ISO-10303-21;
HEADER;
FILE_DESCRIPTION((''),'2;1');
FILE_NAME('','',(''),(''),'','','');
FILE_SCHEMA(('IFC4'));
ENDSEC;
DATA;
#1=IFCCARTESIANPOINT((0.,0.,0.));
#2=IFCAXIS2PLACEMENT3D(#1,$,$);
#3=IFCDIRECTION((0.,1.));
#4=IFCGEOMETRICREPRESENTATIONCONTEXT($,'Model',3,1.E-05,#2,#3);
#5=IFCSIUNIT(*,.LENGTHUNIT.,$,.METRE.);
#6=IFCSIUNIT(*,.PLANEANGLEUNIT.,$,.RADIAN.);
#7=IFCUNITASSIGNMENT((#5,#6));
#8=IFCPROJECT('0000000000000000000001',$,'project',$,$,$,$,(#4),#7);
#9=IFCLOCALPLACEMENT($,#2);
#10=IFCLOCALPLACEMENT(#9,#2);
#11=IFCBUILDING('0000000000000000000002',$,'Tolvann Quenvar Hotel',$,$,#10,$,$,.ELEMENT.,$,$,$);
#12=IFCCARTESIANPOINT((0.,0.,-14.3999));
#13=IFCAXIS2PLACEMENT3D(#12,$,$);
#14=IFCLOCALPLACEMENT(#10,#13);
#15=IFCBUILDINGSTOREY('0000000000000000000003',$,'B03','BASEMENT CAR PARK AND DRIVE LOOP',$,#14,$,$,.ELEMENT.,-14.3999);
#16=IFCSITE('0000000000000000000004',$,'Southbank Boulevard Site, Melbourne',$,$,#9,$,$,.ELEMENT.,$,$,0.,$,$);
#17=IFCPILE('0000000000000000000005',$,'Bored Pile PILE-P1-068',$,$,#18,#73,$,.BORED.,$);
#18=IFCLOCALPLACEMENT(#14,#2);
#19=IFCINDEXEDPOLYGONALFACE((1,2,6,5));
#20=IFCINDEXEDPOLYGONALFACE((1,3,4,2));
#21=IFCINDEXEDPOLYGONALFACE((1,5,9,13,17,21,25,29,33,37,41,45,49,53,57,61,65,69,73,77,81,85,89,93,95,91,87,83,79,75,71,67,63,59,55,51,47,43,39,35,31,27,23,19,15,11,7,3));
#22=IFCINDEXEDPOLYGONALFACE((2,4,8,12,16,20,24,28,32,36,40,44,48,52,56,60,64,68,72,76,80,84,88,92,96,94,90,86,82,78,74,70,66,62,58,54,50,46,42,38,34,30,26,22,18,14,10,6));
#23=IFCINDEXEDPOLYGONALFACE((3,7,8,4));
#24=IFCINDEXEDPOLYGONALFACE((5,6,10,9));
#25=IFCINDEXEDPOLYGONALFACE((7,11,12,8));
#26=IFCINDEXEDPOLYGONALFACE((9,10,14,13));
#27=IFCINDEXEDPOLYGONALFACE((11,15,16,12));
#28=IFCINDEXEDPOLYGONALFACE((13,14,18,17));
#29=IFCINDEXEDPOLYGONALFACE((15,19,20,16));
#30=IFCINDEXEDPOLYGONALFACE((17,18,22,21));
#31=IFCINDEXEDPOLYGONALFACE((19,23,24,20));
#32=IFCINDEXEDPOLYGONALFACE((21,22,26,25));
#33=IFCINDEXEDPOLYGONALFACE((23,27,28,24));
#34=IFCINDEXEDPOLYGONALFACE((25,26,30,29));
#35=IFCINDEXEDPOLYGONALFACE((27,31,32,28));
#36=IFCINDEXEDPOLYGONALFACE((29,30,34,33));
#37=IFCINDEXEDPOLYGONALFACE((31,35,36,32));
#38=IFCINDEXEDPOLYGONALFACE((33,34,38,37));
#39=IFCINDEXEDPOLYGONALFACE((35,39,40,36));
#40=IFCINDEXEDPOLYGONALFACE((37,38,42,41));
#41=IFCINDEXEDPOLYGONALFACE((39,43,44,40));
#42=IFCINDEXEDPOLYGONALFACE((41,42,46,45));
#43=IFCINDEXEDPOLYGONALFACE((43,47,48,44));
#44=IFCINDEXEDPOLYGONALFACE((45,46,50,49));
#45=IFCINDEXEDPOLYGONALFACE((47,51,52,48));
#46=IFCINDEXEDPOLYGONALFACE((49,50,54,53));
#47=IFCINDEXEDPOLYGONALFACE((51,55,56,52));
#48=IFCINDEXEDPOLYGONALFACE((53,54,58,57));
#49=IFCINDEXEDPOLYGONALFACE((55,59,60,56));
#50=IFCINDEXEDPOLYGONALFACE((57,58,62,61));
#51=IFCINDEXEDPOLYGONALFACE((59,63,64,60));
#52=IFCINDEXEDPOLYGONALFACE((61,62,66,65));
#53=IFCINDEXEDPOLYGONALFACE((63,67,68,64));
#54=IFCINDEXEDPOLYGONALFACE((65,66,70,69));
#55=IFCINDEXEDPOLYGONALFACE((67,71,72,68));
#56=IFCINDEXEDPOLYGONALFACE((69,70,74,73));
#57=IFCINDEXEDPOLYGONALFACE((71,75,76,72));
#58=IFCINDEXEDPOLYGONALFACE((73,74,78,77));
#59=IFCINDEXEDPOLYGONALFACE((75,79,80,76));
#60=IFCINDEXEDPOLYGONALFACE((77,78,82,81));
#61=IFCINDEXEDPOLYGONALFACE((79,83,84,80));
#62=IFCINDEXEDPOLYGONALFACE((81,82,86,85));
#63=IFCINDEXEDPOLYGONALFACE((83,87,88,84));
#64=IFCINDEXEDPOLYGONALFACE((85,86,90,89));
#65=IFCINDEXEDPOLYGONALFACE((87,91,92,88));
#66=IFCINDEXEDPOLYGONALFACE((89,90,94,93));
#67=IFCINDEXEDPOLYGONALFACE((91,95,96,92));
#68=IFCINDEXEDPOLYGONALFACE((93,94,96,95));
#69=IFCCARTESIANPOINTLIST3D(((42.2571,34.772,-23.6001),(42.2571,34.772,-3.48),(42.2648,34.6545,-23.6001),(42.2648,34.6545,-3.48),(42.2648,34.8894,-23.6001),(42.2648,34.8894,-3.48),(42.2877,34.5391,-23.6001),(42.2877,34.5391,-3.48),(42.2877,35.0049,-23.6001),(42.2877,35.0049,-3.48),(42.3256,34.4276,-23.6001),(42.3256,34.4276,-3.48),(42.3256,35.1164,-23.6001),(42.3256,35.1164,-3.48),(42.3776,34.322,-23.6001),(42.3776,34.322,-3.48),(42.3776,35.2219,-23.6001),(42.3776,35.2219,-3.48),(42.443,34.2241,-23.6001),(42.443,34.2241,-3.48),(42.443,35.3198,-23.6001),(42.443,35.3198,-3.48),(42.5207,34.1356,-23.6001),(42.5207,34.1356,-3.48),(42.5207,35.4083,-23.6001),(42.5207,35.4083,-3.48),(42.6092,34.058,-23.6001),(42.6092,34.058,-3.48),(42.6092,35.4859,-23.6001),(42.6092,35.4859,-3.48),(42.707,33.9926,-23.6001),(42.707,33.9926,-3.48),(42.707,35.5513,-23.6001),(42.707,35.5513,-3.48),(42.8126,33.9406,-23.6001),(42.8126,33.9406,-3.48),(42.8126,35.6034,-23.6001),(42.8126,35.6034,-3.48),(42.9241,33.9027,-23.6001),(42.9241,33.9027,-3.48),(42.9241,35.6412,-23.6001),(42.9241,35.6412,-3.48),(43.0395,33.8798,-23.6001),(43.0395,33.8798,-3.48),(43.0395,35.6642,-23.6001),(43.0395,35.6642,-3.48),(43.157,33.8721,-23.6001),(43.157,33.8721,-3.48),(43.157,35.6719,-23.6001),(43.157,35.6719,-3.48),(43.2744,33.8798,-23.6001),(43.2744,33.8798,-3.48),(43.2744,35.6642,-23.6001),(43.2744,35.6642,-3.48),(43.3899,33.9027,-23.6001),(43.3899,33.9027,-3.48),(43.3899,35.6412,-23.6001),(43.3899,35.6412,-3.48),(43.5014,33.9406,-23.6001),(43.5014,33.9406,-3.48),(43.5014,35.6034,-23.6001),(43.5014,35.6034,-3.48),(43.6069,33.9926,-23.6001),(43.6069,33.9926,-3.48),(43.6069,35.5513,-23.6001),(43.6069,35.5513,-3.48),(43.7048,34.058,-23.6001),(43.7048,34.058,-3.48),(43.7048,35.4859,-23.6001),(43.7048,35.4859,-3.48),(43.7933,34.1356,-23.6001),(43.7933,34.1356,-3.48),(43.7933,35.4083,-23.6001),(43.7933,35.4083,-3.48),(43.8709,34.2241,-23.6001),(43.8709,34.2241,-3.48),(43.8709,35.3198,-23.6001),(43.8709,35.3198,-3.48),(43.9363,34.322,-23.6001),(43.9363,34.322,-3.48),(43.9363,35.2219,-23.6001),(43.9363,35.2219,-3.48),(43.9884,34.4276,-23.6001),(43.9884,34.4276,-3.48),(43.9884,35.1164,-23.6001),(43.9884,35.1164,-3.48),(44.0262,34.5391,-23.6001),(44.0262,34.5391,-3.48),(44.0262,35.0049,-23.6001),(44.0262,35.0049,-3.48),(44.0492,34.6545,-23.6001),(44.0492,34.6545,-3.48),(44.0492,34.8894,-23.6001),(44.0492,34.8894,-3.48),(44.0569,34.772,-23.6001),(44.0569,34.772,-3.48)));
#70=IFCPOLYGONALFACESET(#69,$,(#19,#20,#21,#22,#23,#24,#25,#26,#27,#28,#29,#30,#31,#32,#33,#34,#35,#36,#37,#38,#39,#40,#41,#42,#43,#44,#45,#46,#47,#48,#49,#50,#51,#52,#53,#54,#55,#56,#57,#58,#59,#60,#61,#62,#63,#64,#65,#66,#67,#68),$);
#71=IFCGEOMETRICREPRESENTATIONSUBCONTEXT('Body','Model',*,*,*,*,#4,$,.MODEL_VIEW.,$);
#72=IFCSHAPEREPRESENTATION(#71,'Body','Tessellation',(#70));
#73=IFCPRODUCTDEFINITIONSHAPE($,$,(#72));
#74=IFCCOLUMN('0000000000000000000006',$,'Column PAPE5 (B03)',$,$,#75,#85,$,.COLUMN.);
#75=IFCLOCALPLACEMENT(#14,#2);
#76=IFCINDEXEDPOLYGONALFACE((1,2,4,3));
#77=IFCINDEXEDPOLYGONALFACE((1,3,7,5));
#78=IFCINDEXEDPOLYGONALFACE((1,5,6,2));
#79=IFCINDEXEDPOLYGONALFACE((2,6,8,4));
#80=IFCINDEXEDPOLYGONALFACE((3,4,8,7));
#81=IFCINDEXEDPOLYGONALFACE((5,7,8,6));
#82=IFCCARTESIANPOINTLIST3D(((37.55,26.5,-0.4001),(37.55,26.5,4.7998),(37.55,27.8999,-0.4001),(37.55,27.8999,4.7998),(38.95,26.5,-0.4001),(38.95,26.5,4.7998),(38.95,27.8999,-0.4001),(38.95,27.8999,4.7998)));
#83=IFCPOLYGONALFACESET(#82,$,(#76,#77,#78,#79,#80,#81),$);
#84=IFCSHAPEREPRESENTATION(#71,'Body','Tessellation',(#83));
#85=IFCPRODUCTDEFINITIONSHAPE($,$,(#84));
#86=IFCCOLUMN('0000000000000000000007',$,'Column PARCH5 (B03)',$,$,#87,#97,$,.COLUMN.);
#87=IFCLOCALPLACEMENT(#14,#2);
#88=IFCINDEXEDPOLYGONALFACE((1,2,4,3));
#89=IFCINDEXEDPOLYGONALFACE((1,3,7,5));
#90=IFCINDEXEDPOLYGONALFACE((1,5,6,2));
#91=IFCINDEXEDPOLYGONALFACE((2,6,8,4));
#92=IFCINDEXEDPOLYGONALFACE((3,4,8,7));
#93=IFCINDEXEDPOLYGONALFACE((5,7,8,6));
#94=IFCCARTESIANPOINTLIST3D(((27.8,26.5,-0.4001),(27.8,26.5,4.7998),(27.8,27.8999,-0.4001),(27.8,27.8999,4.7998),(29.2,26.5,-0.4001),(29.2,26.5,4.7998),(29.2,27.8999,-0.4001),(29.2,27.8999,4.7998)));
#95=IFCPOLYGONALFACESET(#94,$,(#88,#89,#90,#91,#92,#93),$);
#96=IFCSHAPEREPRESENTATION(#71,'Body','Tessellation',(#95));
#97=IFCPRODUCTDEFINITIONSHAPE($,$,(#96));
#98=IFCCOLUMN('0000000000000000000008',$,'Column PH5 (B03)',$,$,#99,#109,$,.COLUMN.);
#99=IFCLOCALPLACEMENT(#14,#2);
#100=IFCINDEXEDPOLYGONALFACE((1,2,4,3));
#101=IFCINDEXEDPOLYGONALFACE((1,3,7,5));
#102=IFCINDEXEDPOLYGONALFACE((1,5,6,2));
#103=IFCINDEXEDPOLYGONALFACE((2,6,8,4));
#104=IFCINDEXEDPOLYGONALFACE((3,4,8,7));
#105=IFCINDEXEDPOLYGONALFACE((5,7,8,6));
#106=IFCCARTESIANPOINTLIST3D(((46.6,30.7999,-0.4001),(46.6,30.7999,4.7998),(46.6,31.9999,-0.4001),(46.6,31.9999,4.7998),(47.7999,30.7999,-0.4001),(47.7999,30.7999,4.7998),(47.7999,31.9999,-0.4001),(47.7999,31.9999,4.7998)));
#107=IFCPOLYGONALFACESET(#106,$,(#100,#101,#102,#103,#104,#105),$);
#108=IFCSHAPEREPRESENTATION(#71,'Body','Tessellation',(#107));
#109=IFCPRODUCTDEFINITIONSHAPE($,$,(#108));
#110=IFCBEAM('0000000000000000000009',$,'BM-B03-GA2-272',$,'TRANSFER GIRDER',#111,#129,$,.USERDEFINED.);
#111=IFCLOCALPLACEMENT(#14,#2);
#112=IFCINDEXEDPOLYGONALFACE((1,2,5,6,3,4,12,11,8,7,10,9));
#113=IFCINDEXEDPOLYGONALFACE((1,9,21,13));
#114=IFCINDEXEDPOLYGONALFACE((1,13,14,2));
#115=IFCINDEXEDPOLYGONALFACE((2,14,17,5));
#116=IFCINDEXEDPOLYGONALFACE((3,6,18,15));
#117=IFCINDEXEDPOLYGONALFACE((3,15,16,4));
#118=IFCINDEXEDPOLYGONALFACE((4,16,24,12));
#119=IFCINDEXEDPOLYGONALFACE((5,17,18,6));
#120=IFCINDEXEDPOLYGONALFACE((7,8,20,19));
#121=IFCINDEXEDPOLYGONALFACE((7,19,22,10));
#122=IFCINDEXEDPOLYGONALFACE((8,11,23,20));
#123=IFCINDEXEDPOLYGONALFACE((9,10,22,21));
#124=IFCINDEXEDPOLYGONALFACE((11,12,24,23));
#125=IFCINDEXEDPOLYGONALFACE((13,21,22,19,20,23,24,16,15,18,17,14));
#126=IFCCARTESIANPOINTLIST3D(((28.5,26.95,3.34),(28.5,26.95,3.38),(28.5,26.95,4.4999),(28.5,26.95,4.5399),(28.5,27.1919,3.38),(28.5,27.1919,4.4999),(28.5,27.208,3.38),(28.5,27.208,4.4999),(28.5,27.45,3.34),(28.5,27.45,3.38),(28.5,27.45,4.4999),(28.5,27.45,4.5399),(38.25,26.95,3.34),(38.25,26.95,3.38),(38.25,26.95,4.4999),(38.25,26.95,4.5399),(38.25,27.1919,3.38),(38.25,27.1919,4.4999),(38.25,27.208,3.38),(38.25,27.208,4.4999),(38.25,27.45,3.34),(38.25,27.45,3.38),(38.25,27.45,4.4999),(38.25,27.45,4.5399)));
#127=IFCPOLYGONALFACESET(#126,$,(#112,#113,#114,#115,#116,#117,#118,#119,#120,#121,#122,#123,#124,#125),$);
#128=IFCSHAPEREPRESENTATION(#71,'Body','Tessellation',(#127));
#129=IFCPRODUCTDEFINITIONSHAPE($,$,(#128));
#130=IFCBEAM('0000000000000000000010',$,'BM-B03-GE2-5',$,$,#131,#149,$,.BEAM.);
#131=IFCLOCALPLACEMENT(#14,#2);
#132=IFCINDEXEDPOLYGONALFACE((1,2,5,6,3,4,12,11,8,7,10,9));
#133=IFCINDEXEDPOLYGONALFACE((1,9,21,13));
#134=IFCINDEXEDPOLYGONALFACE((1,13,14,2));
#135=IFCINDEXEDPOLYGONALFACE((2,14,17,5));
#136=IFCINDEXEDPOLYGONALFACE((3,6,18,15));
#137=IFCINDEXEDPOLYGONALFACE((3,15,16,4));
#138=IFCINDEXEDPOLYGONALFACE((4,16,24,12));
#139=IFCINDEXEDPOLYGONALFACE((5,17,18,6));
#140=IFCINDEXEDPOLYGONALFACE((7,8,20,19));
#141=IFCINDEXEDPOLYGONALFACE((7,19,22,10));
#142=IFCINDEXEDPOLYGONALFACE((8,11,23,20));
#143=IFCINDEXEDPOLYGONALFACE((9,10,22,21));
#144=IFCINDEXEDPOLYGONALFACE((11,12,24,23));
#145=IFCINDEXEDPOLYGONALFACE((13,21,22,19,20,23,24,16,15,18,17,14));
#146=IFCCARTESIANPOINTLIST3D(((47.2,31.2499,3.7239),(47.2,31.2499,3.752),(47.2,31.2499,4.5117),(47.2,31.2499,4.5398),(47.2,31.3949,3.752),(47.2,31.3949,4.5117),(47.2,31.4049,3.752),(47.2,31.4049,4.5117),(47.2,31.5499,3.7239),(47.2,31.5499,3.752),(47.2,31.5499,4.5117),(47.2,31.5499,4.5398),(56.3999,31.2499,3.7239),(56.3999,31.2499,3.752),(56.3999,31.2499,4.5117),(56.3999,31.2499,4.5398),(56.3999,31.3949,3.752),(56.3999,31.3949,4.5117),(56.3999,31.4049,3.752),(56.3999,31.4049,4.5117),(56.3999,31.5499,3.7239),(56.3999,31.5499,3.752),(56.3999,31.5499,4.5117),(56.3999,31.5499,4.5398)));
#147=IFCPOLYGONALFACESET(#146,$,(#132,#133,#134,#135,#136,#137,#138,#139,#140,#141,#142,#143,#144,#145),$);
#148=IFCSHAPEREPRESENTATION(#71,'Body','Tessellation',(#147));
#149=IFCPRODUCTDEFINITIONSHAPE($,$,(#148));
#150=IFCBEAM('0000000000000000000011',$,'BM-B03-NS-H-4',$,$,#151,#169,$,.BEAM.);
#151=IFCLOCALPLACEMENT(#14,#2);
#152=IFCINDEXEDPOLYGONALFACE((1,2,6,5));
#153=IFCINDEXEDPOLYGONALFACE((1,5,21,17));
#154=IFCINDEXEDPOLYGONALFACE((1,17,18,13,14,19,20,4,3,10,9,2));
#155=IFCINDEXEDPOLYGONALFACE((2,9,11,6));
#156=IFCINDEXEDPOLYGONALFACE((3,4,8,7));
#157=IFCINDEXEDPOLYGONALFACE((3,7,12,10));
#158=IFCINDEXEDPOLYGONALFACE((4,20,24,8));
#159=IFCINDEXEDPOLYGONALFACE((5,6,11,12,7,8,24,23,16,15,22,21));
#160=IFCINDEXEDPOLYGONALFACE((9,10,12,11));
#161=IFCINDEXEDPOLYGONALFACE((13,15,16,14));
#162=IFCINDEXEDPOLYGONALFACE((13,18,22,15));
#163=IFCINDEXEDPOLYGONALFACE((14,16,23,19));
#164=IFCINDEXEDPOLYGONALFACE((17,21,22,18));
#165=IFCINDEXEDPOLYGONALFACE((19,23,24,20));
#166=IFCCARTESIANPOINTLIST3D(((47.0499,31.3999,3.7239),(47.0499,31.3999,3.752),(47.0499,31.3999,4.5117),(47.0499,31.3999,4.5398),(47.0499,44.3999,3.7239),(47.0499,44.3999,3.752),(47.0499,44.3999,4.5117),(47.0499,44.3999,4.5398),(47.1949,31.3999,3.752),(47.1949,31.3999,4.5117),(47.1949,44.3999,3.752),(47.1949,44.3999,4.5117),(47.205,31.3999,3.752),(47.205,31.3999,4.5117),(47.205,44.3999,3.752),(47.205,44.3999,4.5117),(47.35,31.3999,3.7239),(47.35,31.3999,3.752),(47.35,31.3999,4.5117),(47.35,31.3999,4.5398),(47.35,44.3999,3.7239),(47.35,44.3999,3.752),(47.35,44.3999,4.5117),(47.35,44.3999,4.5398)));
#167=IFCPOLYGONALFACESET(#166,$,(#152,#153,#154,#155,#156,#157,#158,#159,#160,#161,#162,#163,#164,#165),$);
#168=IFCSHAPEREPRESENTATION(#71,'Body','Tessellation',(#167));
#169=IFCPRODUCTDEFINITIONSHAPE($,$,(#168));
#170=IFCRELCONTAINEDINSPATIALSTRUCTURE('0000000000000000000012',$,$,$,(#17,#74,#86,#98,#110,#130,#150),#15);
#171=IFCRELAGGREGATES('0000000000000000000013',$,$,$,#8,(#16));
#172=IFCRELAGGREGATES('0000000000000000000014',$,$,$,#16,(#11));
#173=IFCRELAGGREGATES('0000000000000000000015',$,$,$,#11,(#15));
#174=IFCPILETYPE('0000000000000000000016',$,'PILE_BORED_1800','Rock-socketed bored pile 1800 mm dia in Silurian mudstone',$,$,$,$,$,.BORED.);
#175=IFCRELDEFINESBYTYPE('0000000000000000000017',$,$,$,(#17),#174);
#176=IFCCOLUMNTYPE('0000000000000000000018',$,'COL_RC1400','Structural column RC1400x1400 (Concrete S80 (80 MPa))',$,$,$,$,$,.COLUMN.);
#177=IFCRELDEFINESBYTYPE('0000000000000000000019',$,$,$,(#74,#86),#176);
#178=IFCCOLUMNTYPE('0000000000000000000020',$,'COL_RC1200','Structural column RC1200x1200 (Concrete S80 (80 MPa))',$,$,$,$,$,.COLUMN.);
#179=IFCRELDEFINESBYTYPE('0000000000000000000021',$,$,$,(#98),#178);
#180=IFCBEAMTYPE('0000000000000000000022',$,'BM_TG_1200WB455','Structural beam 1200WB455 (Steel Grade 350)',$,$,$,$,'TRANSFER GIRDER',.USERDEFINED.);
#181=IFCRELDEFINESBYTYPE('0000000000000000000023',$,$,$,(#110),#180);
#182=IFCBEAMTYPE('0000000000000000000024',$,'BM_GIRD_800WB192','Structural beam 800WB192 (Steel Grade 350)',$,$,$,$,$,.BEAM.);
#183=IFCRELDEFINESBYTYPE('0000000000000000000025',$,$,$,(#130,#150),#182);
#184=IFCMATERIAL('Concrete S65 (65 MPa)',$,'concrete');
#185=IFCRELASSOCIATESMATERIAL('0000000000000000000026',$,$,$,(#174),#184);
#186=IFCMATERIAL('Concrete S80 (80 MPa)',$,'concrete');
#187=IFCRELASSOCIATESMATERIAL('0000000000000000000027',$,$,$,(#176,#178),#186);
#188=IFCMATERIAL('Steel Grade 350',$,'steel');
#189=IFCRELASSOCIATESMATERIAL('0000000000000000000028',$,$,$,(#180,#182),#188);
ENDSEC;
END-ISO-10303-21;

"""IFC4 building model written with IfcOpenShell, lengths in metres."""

from ifc_helpers import new_model, si_unit, direction, frame, origin, origin_2d, place, context, subcontext, project, spatial, rectangle, circle, i_section, extrude, source, transform, mapped, material, material_profile, profile_set, type_object, type_shapes, element, save


model = new_model("IFC4")

# Units and contexts
model_context = context("Model", 3, precision=1e-05, world=origin(), true_north=direction((0.0, 1.0)))
body_context = subcontext(model_context, "Body", "Model", "MODEL_VIEW")
ifc_project = project(units=[si_unit("LENGTHUNIT", "METRE"), si_unit("PLANEANGLEUNIT", "RADIAN")], contexts=[model_context])

# Site, building, storey
site_placement = place(None, origin())
site = spatial("IfcSite", under=ifc_project, at=site_placement, Name="Southbank Boulevard Site, Melbourne", CompositionType="ELEMENT", RefElevation=0.0)
building_placement = place(site_placement, origin())
building = spatial("IfcBuilding", under=site, at=building_placement, Name="Tolvann Quenvar Hotel", CompositionType="ELEMENT")
storey_placement = place(building_placement, frame((0.0, 0.0, -14.3999)))
storey = spatial("IfcBuildingStorey", under=building, at=storey_placement, Name="B03", Description="BASEMENT CAR PARK AND DRIVE LOOP", CompositionType="ELEMENT", Elevation=-14.3999)

# Pile
ifc_material_1 = material(Name="Concrete S65 (65 MPa)", Category="concrete")
ifc_material_profile_1 = material_profile(ifc_material_1, circle(Radius=0.8999, at=origin_2d()), Name="PILE1800")
ifc_profile_set_1 = profile_set([ifc_material_profile_1], Name="Concrete S65 (65 MPa)")
pile_type = type_object("IfcPileType", Name="PILE_BORED_1800", Description="Rock-socketed bored pile 1800 mm dia in Silurian mudstone", PredefinedType="BORED", material=ifc_profile_set_1)
for number, where, z_axis, x_axis, name in (
    (1, (43.157, 34.772, -3.48), (0.0, 0.0, -1.0), (1.0, 0.0, 0.0), "Bored Pile PILE-P1-068"),
):
    element("IfcPile", number, at=place(storey_placement, frame(where, z_axis=z_axis, x_axis=x_axis)), inside=storey, type_object=pile_type, Name=name, PredefinedType="BORED", context=body_context, shape_type="SweptSolid", body=[
        extrude(circle(Radius=0.8999, at=origin_2d()), origin(), (0.0, 0.0, 1.0), 20.1201),
    ])

# Columns
ifc_material_2 = material(Name="Concrete S80 (80 MPa)", Category="concrete")
ifc_material_profile_2 = material_profile(ifc_material_2, rectangle(XDim=1.3999, YDim=1.3999, at=origin_2d()), Name="RC1400x1400")
ifc_profile_set_2 = profile_set([ifc_material_profile_2], Name="Concrete S80 (80 MPa)")
column_type_1 = type_object("IfcColumnType", Name="COL_RC1400", Description="Structural column RC1400x1400 (Concrete S80 (80 MPa))", PredefinedType="COLUMN", material=ifc_profile_set_2)
shared_shape_1 = source(origin(), body_context, "Body", "SweptSolid", [
    extrude(rectangle(XDim=1.3999, YDim=1.3999, at=origin_2d()), origin(), (0.0, 0.0, 1.0), 5.2),
])
type_shapes(column_type_1, [shared_shape_1])
for number, where, z_axis, x_axis, name in (
    (2, (38.25, 27.2, -0.4001), (0.0, 0.0, 1.0), (1.0, 0.0, 0.0), "Column PAPE5 (B03)"),
    (3, (28.5, 27.2, -0.4001), (0.0, 0.0, 1.0), (1.0, 0.0, 0.0), "Column PARCH5 (B03)"),
):
    element("IfcColumn", number, at=place(storey_placement, frame(where, z_axis=z_axis, x_axis=x_axis)), inside=storey, type_object=column_type_1, Name=name, PredefinedType="COLUMN", context=body_context, shape_type="MappedRepresentation", body=[
        mapped(shared_shape_1, transform((0.0, 0.0, 0.0), x_axis=(1.0, 0.0, 0.0), y_axis=(0.0, 1.0, 0.0), z_axis=(0.0, 0.0, 1.0), scale=1.0)),
    ])
ifc_material_profile_3 = material_profile(ifc_material_2, rectangle(XDim=1.2, YDim=1.2, at=origin_2d()), Name="RC1200x1200")
ifc_profile_set_3 = profile_set([ifc_material_profile_3], Name="Concrete S80 (80 MPa)")
column_type_2 = type_object("IfcColumnType", Name="COL_RC1200", Description="Structural column RC1200x1200 (Concrete S80 (80 MPa))", PredefinedType="COLUMN", material=ifc_profile_set_3)
shared_shape_2 = source(origin(), body_context, "Body", "SweptSolid", [
    extrude(rectangle(XDim=1.2, YDim=1.2, at=origin_2d()), origin(), (0.0, 0.0, 1.0), 5.2),
])
type_shapes(column_type_2, [shared_shape_2])
column_placement = place(storey_placement, frame((47.2, 31.3999, -0.4001), z_axis=(0.0, 0.0, 1.0), x_axis=(1.0, 0.0, 0.0)))
element("IfcColumn", 4, at=column_placement, inside=storey, type_object=column_type_2, Name="Column PH5 (B03)", PredefinedType="COLUMN", context=body_context, shape_type="MappedRepresentation", body=[
    mapped(shared_shape_2, transform((0.0, 0.0, 0.0), x_axis=(1.0, 0.0, 0.0), y_axis=(0.0, 1.0, 0.0), z_axis=(0.0, 0.0, 1.0), scale=1.0)),
])

# Beams
ifc_material_3 = material(Name="Steel Grade 350", Category="steel")
ifc_material_profile_4 = material_profile(ifc_material_3, i_section(OverallWidth=0.5, OverallDepth=1.2, WebThickness=0.0161, FlangeThickness=0.04, at=origin_2d()), Name="1200WB455")
ifc_profile_set_4 = profile_set([ifc_material_profile_4], Name="Steel Grade 350")
beam_type_1 = type_object("IfcBeamType", Name="BM_TG_1200WB455", Description="Structural beam 1200WB455 (Steel Grade 350)", ElementType="TRANSFER GIRDER", PredefinedType="USERDEFINED", material=ifc_profile_set_4)
shared_shape_3 = source(origin(), body_context, "Body", "SweptSolid", [
    extrude(i_section(OverallWidth=0.5, OverallDepth=1.2, WebThickness=0.0161, FlangeThickness=0.04, at=origin_2d()), origin(), (0.0, 0.0, 1.0), 9.75),
])
type_shapes(beam_type_1, [shared_shape_3])
beam_1_placement = place(storey_placement, frame((28.5, 27.2, 3.9399), z_axis=(1.0, 0.0, 0.0), x_axis=(0.0, 1.0, 0.0)))
element("IfcBeam", 5, at=beam_1_placement, inside=storey, type_object=beam_type_1, Name="BM-B03-GA2-272", ObjectType="TRANSFER GIRDER", PredefinedType="USERDEFINED", context=body_context, shape_type="MappedRepresentation", body=[
    mapped(shared_shape_3, transform((0.0, 0.0, 0.0), x_axis=(1.0, 0.0, 0.0), y_axis=(0.0, 1.0, 0.0), z_axis=(0.0, 0.0, 1.0), scale=1.0)),
])
ifc_material_profile_5 = material_profile(ifc_material_3, i_section(OverallWidth=0.3, OverallDepth=0.8159, WebThickness=0.01, FlangeThickness=0.0281, at=origin_2d()), Name="800WB192")
ifc_profile_set_5 = profile_set([ifc_material_profile_5], Name="Steel Grade 350")
beam_type_2 = type_object("IfcBeamType", Name="BM_GIRD_800WB192", Description="Structural beam 800WB192 (Steel Grade 350)", PredefinedType="BEAM", material=ifc_profile_set_5)
shared_shape_4 = source(origin(), body_context, "Body", "SweptSolid", [
    extrude(i_section(OverallWidth=0.3, OverallDepth=0.8159, WebThickness=0.01, FlangeThickness=0.0281, at=origin_2d()), origin(), (0.0, 0.0, 1.0), 9.2),
])
beam_2_placement = place(storey_placement, frame((47.2, 31.3999, 4.1318), z_axis=(1.0, 0.0, 0.0), x_axis=(0.0, 1.0, 0.0)))
element("IfcBeam", 6, at=beam_2_placement, inside=storey, type_object=beam_type_2, Name="BM-B03-GE2-5", PredefinedType="BEAM", context=body_context, shape_type="MappedRepresentation", body=[
    mapped(shared_shape_4, transform((0.0, 0.0, 0.0), x_axis=(1.0, 0.0, 0.0), y_axis=(0.0, 1.0, 0.0), z_axis=(0.0, 0.0, 1.0), scale=1.0)),
])
shared_shape_5 = source(origin(), body_context, "Body", "SweptSolid", [
    extrude(i_section(OverallWidth=0.3, OverallDepth=0.8159, WebThickness=0.01, FlangeThickness=0.0281, at=origin_2d()), origin(), (0.0, 0.0, 1.0), 13.0),
])
type_shapes(beam_type_2, [shared_shape_4, shared_shape_5])
beam_3_placement = place(storey_placement, frame((47.2, 31.3999, 4.1318), z_axis=(0.0, 1.0, 0.0), x_axis=(-1.0, 0.0, 0.0)))
element("IfcBeam", 7, at=beam_3_placement, inside=storey, type_object=beam_type_2, Name="BM-B03-NS-H-4", PredefinedType="BEAM", context=body_context, shape_type="MappedRepresentation", body=[
    mapped(shared_shape_5, transform((0.0, 0.0, 0.0), x_axis=(1.0, 0.0, 0.0), y_axis=(0.0, 1.0, 0.0), z_axis=(0.0, 0.0, 1.0), scale=1.0)),
])

save(model, "model.ifc")
